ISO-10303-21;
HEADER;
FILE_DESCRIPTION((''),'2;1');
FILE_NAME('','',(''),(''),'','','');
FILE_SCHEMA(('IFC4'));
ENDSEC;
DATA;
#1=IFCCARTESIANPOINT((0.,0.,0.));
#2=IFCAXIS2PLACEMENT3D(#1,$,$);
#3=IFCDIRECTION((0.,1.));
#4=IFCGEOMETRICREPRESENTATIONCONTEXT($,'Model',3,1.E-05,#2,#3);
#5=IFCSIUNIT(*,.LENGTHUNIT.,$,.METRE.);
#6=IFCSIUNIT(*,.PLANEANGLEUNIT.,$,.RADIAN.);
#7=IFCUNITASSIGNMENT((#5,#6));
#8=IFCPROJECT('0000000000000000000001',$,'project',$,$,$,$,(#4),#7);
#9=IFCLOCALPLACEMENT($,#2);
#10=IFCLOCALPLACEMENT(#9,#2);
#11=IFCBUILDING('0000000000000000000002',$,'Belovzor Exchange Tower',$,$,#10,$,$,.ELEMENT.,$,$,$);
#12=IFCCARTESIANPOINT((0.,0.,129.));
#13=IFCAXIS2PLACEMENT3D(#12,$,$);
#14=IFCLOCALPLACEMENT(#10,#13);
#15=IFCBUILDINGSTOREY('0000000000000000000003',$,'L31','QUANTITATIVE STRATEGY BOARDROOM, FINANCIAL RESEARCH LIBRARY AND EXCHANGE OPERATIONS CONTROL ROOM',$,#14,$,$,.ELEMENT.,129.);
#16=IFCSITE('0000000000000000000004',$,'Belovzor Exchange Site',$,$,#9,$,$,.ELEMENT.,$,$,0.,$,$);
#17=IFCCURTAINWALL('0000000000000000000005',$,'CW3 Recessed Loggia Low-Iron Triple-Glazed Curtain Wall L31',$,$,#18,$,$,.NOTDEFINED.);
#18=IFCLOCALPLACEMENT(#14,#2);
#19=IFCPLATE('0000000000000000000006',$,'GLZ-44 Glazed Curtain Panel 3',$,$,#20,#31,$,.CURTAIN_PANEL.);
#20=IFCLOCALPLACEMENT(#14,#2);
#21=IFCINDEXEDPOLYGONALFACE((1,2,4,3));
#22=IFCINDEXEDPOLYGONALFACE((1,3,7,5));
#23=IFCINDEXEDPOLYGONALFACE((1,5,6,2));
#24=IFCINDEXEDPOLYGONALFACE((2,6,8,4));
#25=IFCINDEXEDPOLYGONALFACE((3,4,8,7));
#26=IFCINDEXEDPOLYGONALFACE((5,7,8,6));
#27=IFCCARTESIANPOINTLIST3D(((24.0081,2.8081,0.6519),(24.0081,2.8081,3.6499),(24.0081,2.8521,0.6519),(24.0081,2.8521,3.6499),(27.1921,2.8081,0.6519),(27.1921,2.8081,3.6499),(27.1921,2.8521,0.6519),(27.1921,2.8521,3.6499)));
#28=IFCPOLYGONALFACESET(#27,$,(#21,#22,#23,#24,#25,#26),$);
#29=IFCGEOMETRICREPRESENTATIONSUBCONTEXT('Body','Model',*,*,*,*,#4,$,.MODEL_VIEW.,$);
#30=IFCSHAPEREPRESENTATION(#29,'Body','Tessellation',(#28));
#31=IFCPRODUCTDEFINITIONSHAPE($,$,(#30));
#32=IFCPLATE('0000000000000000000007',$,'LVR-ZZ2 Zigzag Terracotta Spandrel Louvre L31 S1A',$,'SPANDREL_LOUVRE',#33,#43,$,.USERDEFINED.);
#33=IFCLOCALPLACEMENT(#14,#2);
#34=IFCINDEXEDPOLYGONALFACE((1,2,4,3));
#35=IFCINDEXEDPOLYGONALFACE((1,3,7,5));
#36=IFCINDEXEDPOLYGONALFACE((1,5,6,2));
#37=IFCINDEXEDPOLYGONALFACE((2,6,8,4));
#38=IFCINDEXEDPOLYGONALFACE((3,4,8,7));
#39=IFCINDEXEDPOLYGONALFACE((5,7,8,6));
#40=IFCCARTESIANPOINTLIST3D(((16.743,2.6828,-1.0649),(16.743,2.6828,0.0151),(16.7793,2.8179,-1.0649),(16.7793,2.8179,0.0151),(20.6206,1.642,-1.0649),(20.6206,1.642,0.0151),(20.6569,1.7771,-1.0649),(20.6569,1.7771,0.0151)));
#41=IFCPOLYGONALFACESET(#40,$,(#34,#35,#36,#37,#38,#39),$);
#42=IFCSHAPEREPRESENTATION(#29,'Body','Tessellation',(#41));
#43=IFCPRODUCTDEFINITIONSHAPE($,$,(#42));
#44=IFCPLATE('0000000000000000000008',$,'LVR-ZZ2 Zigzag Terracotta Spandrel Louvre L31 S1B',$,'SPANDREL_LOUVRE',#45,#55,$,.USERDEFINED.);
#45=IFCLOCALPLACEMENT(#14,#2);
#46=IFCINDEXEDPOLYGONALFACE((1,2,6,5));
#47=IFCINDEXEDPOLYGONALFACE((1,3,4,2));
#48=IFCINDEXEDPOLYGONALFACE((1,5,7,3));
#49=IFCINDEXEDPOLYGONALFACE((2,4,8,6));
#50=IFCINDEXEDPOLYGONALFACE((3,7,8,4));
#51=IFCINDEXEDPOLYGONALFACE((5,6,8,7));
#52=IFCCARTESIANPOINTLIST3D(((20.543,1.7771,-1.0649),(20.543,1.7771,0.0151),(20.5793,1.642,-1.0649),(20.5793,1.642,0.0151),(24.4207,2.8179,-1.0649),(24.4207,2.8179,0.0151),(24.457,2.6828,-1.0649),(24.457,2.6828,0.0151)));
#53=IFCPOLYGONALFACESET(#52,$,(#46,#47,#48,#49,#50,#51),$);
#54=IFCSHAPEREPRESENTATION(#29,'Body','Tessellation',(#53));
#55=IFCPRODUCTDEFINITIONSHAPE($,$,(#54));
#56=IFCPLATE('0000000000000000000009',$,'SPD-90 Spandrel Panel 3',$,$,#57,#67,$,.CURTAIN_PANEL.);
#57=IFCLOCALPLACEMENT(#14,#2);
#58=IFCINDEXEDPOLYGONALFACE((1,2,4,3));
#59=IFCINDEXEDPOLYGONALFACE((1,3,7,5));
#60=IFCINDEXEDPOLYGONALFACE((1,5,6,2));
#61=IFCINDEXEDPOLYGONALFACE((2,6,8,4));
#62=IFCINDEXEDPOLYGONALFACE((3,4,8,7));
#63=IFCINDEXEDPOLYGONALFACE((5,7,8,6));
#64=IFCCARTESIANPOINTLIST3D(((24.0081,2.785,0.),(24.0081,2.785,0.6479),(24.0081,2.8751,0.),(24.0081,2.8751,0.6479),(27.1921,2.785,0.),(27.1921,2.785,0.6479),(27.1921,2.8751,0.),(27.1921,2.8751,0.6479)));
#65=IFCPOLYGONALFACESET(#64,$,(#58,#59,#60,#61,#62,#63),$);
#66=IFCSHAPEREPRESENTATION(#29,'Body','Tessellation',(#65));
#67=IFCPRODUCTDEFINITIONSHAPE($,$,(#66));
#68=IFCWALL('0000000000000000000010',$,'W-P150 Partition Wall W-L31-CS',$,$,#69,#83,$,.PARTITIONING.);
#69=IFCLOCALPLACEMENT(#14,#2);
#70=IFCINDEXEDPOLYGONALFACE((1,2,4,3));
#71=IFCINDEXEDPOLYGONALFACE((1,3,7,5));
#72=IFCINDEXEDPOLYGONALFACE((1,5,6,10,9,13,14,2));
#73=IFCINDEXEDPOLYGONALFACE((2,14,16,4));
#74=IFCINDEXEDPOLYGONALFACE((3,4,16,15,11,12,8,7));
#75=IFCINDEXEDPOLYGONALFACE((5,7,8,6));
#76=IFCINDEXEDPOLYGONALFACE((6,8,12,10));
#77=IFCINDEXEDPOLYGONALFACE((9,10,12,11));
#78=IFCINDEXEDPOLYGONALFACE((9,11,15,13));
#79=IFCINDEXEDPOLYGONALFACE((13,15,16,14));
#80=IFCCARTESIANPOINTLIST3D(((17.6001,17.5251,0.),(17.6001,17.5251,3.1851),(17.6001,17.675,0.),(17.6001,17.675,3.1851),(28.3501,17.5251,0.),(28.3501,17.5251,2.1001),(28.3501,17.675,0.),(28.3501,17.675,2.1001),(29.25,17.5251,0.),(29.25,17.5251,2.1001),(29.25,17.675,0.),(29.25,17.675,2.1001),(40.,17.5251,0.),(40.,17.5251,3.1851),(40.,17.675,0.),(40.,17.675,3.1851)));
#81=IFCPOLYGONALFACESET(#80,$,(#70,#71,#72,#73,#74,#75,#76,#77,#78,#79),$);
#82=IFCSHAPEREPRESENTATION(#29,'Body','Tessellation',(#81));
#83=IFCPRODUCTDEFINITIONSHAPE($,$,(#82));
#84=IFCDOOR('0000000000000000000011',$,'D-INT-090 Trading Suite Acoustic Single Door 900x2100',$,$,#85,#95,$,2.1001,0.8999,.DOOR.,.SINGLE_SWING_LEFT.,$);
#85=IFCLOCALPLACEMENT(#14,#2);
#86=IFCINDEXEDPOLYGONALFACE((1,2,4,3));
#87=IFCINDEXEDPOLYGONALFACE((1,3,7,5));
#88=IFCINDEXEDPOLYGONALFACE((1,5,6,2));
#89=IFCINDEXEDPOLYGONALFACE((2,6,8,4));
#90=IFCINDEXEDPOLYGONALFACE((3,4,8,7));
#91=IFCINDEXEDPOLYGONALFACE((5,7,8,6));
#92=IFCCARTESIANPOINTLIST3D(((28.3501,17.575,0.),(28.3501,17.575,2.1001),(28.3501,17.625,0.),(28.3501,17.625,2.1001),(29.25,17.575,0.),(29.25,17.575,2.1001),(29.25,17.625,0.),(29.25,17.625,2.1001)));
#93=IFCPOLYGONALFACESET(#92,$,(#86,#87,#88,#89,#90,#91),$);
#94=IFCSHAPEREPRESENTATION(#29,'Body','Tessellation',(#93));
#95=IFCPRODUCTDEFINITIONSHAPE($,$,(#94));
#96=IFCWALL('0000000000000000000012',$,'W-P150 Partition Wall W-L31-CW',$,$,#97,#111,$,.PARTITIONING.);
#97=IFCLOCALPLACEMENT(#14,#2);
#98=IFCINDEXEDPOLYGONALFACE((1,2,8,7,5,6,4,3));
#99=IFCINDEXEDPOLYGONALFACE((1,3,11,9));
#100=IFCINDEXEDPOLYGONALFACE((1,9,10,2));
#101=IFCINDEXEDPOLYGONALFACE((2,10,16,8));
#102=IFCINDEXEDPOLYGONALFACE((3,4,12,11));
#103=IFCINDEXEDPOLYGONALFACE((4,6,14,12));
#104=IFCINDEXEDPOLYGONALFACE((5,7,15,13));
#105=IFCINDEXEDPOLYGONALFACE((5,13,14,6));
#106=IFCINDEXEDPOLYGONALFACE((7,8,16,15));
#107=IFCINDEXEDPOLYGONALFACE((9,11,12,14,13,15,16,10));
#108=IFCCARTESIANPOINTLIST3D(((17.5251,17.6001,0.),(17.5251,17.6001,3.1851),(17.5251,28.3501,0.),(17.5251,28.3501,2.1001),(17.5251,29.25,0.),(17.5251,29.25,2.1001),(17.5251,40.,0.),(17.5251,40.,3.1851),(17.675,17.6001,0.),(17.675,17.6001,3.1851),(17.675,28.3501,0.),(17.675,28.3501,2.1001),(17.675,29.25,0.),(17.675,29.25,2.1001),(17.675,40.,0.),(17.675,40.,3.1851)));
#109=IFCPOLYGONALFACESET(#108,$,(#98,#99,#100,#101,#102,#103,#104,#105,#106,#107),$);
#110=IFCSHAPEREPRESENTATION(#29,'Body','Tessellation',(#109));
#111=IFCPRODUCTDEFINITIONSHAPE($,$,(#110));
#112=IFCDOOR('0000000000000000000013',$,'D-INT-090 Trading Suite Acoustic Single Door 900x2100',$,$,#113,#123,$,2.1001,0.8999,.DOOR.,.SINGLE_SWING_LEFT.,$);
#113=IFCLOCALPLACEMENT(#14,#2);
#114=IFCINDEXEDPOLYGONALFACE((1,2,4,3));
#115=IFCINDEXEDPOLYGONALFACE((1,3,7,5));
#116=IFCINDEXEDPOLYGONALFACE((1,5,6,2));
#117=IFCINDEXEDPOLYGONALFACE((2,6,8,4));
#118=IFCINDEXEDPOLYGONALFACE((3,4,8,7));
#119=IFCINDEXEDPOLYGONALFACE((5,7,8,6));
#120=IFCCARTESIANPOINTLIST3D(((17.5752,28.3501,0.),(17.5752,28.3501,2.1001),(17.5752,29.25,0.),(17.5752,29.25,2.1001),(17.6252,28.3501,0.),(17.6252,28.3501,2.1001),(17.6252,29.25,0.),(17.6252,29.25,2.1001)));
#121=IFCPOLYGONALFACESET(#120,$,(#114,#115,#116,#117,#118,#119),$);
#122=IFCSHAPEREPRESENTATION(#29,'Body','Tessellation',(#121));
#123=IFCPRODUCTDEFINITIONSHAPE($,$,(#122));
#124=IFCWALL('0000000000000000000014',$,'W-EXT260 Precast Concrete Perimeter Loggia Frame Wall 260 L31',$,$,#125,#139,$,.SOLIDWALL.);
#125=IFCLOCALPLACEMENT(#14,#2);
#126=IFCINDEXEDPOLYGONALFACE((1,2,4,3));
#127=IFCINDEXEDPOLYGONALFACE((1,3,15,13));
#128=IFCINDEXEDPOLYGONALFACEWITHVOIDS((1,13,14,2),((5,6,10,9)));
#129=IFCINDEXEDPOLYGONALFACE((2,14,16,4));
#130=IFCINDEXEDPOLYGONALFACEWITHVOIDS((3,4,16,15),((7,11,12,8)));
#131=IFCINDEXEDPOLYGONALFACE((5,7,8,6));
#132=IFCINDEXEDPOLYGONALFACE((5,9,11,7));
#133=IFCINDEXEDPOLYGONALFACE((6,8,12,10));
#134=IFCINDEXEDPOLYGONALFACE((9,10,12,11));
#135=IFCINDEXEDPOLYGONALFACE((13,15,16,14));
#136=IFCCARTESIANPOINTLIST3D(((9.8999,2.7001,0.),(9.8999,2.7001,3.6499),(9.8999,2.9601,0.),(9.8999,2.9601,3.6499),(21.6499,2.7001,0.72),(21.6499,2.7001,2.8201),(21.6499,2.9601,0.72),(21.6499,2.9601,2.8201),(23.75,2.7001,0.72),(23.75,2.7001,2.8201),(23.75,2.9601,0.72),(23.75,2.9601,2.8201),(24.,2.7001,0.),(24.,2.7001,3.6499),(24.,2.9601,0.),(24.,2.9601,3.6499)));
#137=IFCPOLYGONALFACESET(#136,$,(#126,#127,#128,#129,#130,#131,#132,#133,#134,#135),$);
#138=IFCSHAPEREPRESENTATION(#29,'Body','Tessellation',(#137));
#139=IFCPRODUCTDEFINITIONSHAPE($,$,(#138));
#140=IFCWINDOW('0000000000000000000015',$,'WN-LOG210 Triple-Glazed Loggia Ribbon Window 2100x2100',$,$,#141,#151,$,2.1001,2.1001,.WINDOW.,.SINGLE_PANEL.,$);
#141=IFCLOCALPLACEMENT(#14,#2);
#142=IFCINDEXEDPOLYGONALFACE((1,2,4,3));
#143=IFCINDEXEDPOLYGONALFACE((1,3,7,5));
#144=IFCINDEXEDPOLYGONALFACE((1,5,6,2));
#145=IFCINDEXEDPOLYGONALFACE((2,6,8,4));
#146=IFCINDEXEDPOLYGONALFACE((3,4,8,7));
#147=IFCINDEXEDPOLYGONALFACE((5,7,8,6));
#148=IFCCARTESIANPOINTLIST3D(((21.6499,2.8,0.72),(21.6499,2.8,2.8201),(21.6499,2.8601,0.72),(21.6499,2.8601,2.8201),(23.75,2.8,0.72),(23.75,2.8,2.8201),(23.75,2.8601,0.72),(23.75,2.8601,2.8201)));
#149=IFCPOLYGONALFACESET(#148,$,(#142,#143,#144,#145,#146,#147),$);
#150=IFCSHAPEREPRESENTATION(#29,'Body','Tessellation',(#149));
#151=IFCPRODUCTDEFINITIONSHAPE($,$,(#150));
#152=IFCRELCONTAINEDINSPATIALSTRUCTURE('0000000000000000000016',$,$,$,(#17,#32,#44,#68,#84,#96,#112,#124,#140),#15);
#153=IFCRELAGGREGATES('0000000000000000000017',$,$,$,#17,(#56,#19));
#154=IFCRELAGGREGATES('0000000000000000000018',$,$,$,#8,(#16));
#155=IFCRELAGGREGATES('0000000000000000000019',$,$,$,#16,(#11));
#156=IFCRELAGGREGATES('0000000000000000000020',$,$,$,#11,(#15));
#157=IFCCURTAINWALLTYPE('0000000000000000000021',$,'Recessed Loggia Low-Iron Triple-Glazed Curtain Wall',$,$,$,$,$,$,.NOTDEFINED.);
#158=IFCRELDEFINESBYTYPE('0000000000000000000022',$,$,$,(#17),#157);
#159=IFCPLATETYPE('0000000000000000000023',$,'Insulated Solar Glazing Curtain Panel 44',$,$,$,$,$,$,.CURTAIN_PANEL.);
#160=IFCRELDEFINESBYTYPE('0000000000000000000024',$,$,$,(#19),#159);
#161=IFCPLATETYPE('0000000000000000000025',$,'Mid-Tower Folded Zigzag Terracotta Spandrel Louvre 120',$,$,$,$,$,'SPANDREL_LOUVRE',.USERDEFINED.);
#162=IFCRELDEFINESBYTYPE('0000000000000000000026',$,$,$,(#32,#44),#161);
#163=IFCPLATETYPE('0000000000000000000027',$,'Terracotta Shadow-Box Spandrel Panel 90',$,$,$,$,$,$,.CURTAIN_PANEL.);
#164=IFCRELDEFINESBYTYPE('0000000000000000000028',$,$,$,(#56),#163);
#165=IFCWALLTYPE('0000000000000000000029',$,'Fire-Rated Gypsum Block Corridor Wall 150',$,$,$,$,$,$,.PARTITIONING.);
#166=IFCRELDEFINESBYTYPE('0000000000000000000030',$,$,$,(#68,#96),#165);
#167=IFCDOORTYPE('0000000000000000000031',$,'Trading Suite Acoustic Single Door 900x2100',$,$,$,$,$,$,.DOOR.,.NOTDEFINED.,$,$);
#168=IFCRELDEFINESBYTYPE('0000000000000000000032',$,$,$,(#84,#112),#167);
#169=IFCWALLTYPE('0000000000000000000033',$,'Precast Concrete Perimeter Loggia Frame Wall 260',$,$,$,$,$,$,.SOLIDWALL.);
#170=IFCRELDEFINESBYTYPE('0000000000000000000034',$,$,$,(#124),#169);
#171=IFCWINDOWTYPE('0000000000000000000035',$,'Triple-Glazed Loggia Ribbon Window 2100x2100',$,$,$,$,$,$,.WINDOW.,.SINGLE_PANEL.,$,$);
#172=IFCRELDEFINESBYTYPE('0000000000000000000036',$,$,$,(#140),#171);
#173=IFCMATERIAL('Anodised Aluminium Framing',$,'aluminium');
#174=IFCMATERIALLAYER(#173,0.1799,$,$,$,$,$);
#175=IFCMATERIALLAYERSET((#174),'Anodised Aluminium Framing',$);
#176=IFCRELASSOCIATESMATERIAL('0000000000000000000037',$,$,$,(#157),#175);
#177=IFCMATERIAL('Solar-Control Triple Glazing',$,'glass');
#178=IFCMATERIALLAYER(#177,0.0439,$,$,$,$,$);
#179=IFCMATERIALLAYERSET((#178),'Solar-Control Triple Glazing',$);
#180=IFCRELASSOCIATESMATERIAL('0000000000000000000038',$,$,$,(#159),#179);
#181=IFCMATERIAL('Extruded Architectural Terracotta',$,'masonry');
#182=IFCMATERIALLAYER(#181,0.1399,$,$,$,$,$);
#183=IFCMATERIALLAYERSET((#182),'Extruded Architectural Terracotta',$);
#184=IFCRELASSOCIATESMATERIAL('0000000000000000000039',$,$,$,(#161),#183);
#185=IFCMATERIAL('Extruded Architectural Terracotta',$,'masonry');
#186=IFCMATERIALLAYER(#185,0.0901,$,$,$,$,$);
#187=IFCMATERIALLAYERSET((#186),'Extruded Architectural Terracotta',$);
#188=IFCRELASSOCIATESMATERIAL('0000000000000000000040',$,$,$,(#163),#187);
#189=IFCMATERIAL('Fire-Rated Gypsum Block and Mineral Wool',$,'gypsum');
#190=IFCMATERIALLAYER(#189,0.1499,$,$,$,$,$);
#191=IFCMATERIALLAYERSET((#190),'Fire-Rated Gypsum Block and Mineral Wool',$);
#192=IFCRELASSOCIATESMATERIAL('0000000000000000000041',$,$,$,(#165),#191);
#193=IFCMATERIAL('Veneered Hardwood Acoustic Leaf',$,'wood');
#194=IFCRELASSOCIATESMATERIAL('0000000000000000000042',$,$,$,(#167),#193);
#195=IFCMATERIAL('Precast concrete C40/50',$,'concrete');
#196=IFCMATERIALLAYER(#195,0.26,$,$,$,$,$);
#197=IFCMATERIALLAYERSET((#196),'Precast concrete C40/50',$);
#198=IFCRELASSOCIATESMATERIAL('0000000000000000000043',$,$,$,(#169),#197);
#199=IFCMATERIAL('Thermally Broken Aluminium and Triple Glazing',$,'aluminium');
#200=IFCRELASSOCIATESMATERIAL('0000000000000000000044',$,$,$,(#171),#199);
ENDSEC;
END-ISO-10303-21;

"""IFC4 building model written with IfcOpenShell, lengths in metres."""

from ifc_helpers import new_model, si_unit, direction, frame, frame_2d, origin, origin_2d, place, context, subcontext, project, spatial, rectangle, extrude, material, layer, layer_set, type_object, element, fill, aggregate, save


model = new_model("IFC4")

# Units and contexts
model_context = context("Model", 3, precision=1e-05, world=origin(), true_north=direction((0.0, 1.0)))
body_context = subcontext(model_context, "Body", "Model", "MODEL_VIEW")
ifc_project = project(units=[si_unit("LENGTHUNIT", "METRE"), si_unit("PLANEANGLEUNIT", "RADIAN")], contexts=[model_context])

# Site, building, storey
site_placement = place(None, origin())
site = spatial("IfcSite", under=ifc_project, at=site_placement, Name="Belovzor Exchange Site", CompositionType="ELEMENT", RefElevation=0.0)
building_placement = place(site_placement, origin())
building = spatial("IfcBuilding", under=site, at=building_placement, Name="Belovzor Exchange Tower", CompositionType="ELEMENT")
storey_placement = place(building_placement, frame((0.0, 0.0, 129.0)))
storey = spatial("IfcBuildingStorey", under=building, at=storey_placement, Name="L31", Description="QUANTITATIVE STRATEGY BOARDROOM, FINANCIAL RESEARCH LIBRARY AND EXCHANGE OPERATIONS CONTROL ROOM", CompositionType="ELEMENT", Elevation=129.0)

# Curtain wall
ifc_material_1 = material(Name="Anodised Aluminium Framing", Category="aluminium")
ifc_layer_1 = layer(ifc_material_1, 0.1799)
ifc_layer_set_1 = layer_set([ifc_layer_1], Name="Anodised Aluminium Framing")
curtain_wall_type = type_object("IfcCurtainWallType", Name="Recessed Loggia Low-Iron Triple-Glazed Curtain Wall", PredefinedType="NOTDEFINED", material=ifc_layer_set_1)
curtain_wall_placement = place(storey_placement, origin())
curtain_wall = element("IfcCurtainWall", 1, at=curtain_wall_placement, inside=storey, type_object=curtain_wall_type, Name="CW3 Recessed Loggia Low-Iron Triple-Glazed Curtain Wall L31", PredefinedType="NOTDEFINED")

# Plate
ifc_material_2 = material(Name="Solar-Control Triple Glazing", Category="glass")
ifc_layer_2 = layer(ifc_material_2, 0.0439)
ifc_layer_set_2 = layer_set([ifc_layer_2], Name="Solar-Control Triple Glazing")
plate_type_1 = type_object("IfcPlateType", Name="Insulated Solar Glazing Curtain Panel 44", PredefinedType="CURTAIN_PANEL", material=ifc_layer_set_2)
plate_1_placement = place(storey_placement, frame((25.6001, 2.8301, 0.6519), z_axis=(0.0, 0.0, 1.0), x_axis=(-1.0, 0.0, 0.0)))
plate_1 = element("IfcPlate", 2, at=plate_1_placement, type_object=plate_type_1, Name="GLZ-44 Glazed Curtain Panel 3", PredefinedType="CURTAIN_PANEL", context=body_context, shape_type="SweptSolid", body=[
    extrude(rectangle(XDim=3.1841, YDim=0.0439, at=origin_2d()), origin(), (0.0, 0.0, 1.0), 2.998),
])

# Plates
ifc_material_3 = material(Name="Extruded Architectural Terracotta", Category="masonry")
ifc_layer_3 = layer(ifc_material_3, 0.1399)
ifc_layer_set_3 = layer_set([ifc_layer_3], Name="Extruded Architectural Terracotta")
plate_type_2 = type_object("IfcPlateType", Name="Mid-Tower Folded Zigzag Terracotta Spandrel Louvre 120", ElementType="SPANDREL_LOUVRE", PredefinedType="USERDEFINED", material=ifc_layer_set_3)
for number, where, z_axis, x_axis, name in (
    (3, (18.7, 2.23, -1.0649), (0.0, 0.0, 1.0), (0.965813, -0.25924, 0.0), "LVR-ZZ2 Zigzag Terracotta Spandrel Louvre L31 S1A"),
    (4, (22.5, 2.23, -1.0649), (0.0, 0.0, 1.0), (0.965813, 0.25924, 0.0), "LVR-ZZ2 Zigzag Terracotta Spandrel Louvre L31 S1B"),
):
    element("IfcPlate", number, at=place(storey_placement, frame(where, z_axis=z_axis, x_axis=x_axis)), inside=storey, type_object=plate_type_2, Name=name, ObjectType="SPANDREL_LOUVRE", PredefinedType="USERDEFINED", context=body_context, shape_type="SweptSolid", body=[
        extrude(rectangle(XDim=4.0149, YDim=0.1399, at=origin_2d()), origin(), (0.0, 0.0, 1.0), 1.0801),
    ])

# Plate
ifc_material_4 = material(Name="Extruded Architectural Terracotta", Category="masonry")
ifc_layer_4 = layer(ifc_material_4, 0.0901)
ifc_layer_set_4 = layer_set([ifc_layer_4], Name="Extruded Architectural Terracotta")
plate_type_3 = type_object("IfcPlateType", Name="Terracotta Shadow-Box Spandrel Panel 90", PredefinedType="CURTAIN_PANEL", material=ifc_layer_set_4)
plate_2_placement = place(storey_placement, frame((25.6001, 2.8301, 0.0), z_axis=(0.0, 0.0, 1.0), x_axis=(-1.0, 0.0, 0.0)))
plate_2 = element("IfcPlate", 5, at=plate_2_placement, type_object=plate_type_3, Name="SPD-90 Spandrel Panel 3", PredefinedType="CURTAIN_PANEL", context=body_context, shape_type="SweptSolid", body=[
    extrude(rectangle(XDim=3.1841, YDim=0.0901, at=origin_2d()), origin(), (0.0, 0.0, 1.0), 0.6479),
])
aggregate(curtain_wall, [plate_2, plate_1])

# Walls, openings, doors
ifc_material_5 = material(Name="Fire-Rated Gypsum Block and Mineral Wool", Category="gypsum")
ifc_layer_5 = layer(ifc_material_5, 0.1499)
ifc_layer_set_5 = layer_set([ifc_layer_5], Name="Fire-Rated Gypsum Block and Mineral Wool")
wall_type_1 = type_object("IfcWallType", Name="Fire-Rated Gypsum Block Corridor Wall 150", PredefinedType="PARTITIONING", material=ifc_layer_set_5)
wall_1_placement = place(storey_placement, frame((17.6001, 17.6001, 0.0), z_axis=(0.0, 0.0, 1.0), x_axis=(1.0, 0.0, 0.0)))
wall_1 = element("IfcWall", 6, at=wall_1_placement, inside=storey, type_object=wall_type_1, Name="W-P150 Partition Wall W-L31-CS", PredefinedType="PARTITIONING", context=body_context, shape_type="SweptSolid", body=[
    extrude(rectangle(XDim=22.3999, YDim=0.1499, at=frame_2d((11.2, 0.0))), origin(), (0.0, 0.0, 1.0), 3.1851),
])
opening_1_placement = place(wall_1_placement, frame((10.75, 0.0, 0.0)))
opening_1 = element("IfcOpeningElement", 7, at=opening_1_placement, cuts=wall_1, PredefinedType="OPENING", context=body_context, shape_type="SweptSolid", body=[
    extrude(rectangle(XDim=0.8999, YDim=2.1001, at=frame_2d((0.45, 1.05))), frame((0.0, 0.085, 0.0), z_axis=(0.0, -1.0, 0.0), x_axis=(1.0, 0.0, 0.0)), (0.0, 0.0, 1.0), 0.1699),
])
ifc_material_6 = material(Name="Veneered Hardwood Acoustic Leaf", Category="wood")
door_type = type_object("IfcDoorType", Name="Trading Suite Acoustic Single Door 900x2100", OperationType="NOTDEFINED", PredefinedType="DOOR", material=ifc_material_6)
door_1_placement = place(opening_1_placement, origin())
door_1 = element("IfcDoor", 8, at=door_1_placement, inside=storey, type_object=door_type, Name="D-INT-090 Trading Suite Acoustic Single Door 900x2100", OperationType="SINGLE_SWING_LEFT", OverallHeight=2.1001, OverallWidth=0.8999, PredefinedType="DOOR", context=body_context, shape_type="SweptSolid", body=[
    extrude(rectangle(XDim=0.8999, YDim=2.1001, at=frame_2d((0.45, 1.05))), frame((0.0, 0.0249, 0.0), z_axis=(0.0, -1.0, 0.0), x_axis=(1.0, 0.0, 0.0)), (0.0, 0.0, 1.0), 0.05),
])
fill(opening_1, door_1)
wall_2_placement = place(storey_placement, frame((17.6001, 17.6001, 0.0), z_axis=(0.0, 0.0, 1.0), x_axis=(0.0, 1.0, 0.0)))
wall_2 = element("IfcWall", 9, at=wall_2_placement, inside=storey, type_object=wall_type_1, Name="W-P150 Partition Wall W-L31-CW", PredefinedType="PARTITIONING", context=body_context, shape_type="SweptSolid", body=[
    extrude(rectangle(XDim=22.3999, YDim=0.1499, at=frame_2d((11.2, 0.0))), origin(), (0.0, 0.0, 1.0), 3.1851),
])
opening_2_placement = place(wall_2_placement, frame((10.75, 0.0, 0.0)))
opening_2 = element("IfcOpeningElement", 10, at=opening_2_placement, cuts=wall_2, PredefinedType="OPENING", context=body_context, shape_type="SweptSolid", body=[
    extrude(rectangle(XDim=0.8999, YDim=2.1001, at=frame_2d((0.45, 1.05))), frame((0.0, 0.085, 0.0), z_axis=(0.0, -1.0, 0.0), x_axis=(1.0, 0.0, 0.0)), (0.0, 0.0, 1.0), 0.1699),
])
door_2_placement = place(opening_2_placement, origin())
door_2 = element("IfcDoor", 11, at=door_2_placement, inside=storey, type_object=door_type, Name="D-INT-090 Trading Suite Acoustic Single Door 900x2100", OperationType="SINGLE_SWING_LEFT", OverallHeight=2.1001, OverallWidth=0.8999, PredefinedType="DOOR", context=body_context, shape_type="SweptSolid", body=[
    extrude(rectangle(XDim=0.8999, YDim=2.1001, at=frame_2d((0.45, 1.05))), frame((0.0, 0.0249, 0.0), z_axis=(0.0, -1.0, 0.0), x_axis=(1.0, 0.0, 0.0)), (0.0, 0.0, 1.0), 0.05),
])
fill(opening_2, door_2)

# Wall, opening, window
ifc_material_7 = material(Name="Precast concrete C40/50", Category="concrete")
ifc_layer_6 = layer(ifc_material_7, 0.26)
ifc_layer_set_6 = layer_set([ifc_layer_6], Name="Precast concrete C40/50")
wall_type_2 = type_object("IfcWallType", Name="Precast Concrete Perimeter Loggia Frame Wall 260", PredefinedType="SOLIDWALL", material=ifc_layer_set_6)
wall_3_placement = place(storey_placement, frame((24.0, 2.8301, 0.0), z_axis=(0.0, 0.0, 1.0), x_axis=(-1.0, 0.0, 0.0)))
wall_3 = element("IfcWall", 12, at=wall_3_placement, inside=storey, type_object=wall_type_2, Name="W-EXT260 Precast Concrete Perimeter Loggia Frame Wall 260 L31", PredefinedType="SOLIDWALL", context=body_context, shape_type="SweptSolid", body=[
    extrude(rectangle(XDim=14.1001, YDim=0.26, at=frame_2d((7.05, 0.0))), origin(), (0.0, 0.0, 1.0), 3.6499),
])
opening_3_placement = place(wall_3_placement, frame((0.25, 0.0, 0.72)))
opening_3 = element("IfcOpeningElement", 13, at=opening_3_placement, cuts=wall_3, PredefinedType="OPENING", context=body_context, shape_type="SweptSolid", body=[
    extrude(rectangle(XDim=2.1001, YDim=2.1001, at=frame_2d((1.05, 1.05))), frame((0.0, 0.1399, 0.0), z_axis=(0.0, -1.0, 0.0), x_axis=(1.0, 0.0, 0.0)), (0.0, 0.0, 1.0), 0.28),
])
ifc_material_8 = material(Name="Thermally Broken Aluminium and Triple Glazing", Category="aluminium")
window_type = type_object("IfcWindowType", Name="Triple-Glazed Loggia Ribbon Window 2100x2100", PartitioningType="SINGLE_PANEL", PredefinedType="WINDOW", material=ifc_material_8)
window_placement = place(opening_3_placement, origin())
window = element("IfcWindow", 14, at=window_placement, inside=storey, type_object=window_type, Name="WN-LOG210 Triple-Glazed Loggia Ribbon Window 2100x2100", OverallHeight=2.1001, OverallWidth=2.1001, PartitioningType="SINGLE_PANEL", PredefinedType="WINDOW", context=body_context, shape_type="SweptSolid", body=[
    extrude(rectangle(XDim=2.1001, YDim=2.1001, at=frame_2d((1.05, 1.05))), frame((0.0, 0.03, 0.0), z_axis=(0.0, -1.0, 0.0), x_axis=(1.0, 0.0, 0.0)), (0.0, 0.0, 1.0), 0.0601),
])
fill(opening_3, window)

save(model, "model.ifc")
